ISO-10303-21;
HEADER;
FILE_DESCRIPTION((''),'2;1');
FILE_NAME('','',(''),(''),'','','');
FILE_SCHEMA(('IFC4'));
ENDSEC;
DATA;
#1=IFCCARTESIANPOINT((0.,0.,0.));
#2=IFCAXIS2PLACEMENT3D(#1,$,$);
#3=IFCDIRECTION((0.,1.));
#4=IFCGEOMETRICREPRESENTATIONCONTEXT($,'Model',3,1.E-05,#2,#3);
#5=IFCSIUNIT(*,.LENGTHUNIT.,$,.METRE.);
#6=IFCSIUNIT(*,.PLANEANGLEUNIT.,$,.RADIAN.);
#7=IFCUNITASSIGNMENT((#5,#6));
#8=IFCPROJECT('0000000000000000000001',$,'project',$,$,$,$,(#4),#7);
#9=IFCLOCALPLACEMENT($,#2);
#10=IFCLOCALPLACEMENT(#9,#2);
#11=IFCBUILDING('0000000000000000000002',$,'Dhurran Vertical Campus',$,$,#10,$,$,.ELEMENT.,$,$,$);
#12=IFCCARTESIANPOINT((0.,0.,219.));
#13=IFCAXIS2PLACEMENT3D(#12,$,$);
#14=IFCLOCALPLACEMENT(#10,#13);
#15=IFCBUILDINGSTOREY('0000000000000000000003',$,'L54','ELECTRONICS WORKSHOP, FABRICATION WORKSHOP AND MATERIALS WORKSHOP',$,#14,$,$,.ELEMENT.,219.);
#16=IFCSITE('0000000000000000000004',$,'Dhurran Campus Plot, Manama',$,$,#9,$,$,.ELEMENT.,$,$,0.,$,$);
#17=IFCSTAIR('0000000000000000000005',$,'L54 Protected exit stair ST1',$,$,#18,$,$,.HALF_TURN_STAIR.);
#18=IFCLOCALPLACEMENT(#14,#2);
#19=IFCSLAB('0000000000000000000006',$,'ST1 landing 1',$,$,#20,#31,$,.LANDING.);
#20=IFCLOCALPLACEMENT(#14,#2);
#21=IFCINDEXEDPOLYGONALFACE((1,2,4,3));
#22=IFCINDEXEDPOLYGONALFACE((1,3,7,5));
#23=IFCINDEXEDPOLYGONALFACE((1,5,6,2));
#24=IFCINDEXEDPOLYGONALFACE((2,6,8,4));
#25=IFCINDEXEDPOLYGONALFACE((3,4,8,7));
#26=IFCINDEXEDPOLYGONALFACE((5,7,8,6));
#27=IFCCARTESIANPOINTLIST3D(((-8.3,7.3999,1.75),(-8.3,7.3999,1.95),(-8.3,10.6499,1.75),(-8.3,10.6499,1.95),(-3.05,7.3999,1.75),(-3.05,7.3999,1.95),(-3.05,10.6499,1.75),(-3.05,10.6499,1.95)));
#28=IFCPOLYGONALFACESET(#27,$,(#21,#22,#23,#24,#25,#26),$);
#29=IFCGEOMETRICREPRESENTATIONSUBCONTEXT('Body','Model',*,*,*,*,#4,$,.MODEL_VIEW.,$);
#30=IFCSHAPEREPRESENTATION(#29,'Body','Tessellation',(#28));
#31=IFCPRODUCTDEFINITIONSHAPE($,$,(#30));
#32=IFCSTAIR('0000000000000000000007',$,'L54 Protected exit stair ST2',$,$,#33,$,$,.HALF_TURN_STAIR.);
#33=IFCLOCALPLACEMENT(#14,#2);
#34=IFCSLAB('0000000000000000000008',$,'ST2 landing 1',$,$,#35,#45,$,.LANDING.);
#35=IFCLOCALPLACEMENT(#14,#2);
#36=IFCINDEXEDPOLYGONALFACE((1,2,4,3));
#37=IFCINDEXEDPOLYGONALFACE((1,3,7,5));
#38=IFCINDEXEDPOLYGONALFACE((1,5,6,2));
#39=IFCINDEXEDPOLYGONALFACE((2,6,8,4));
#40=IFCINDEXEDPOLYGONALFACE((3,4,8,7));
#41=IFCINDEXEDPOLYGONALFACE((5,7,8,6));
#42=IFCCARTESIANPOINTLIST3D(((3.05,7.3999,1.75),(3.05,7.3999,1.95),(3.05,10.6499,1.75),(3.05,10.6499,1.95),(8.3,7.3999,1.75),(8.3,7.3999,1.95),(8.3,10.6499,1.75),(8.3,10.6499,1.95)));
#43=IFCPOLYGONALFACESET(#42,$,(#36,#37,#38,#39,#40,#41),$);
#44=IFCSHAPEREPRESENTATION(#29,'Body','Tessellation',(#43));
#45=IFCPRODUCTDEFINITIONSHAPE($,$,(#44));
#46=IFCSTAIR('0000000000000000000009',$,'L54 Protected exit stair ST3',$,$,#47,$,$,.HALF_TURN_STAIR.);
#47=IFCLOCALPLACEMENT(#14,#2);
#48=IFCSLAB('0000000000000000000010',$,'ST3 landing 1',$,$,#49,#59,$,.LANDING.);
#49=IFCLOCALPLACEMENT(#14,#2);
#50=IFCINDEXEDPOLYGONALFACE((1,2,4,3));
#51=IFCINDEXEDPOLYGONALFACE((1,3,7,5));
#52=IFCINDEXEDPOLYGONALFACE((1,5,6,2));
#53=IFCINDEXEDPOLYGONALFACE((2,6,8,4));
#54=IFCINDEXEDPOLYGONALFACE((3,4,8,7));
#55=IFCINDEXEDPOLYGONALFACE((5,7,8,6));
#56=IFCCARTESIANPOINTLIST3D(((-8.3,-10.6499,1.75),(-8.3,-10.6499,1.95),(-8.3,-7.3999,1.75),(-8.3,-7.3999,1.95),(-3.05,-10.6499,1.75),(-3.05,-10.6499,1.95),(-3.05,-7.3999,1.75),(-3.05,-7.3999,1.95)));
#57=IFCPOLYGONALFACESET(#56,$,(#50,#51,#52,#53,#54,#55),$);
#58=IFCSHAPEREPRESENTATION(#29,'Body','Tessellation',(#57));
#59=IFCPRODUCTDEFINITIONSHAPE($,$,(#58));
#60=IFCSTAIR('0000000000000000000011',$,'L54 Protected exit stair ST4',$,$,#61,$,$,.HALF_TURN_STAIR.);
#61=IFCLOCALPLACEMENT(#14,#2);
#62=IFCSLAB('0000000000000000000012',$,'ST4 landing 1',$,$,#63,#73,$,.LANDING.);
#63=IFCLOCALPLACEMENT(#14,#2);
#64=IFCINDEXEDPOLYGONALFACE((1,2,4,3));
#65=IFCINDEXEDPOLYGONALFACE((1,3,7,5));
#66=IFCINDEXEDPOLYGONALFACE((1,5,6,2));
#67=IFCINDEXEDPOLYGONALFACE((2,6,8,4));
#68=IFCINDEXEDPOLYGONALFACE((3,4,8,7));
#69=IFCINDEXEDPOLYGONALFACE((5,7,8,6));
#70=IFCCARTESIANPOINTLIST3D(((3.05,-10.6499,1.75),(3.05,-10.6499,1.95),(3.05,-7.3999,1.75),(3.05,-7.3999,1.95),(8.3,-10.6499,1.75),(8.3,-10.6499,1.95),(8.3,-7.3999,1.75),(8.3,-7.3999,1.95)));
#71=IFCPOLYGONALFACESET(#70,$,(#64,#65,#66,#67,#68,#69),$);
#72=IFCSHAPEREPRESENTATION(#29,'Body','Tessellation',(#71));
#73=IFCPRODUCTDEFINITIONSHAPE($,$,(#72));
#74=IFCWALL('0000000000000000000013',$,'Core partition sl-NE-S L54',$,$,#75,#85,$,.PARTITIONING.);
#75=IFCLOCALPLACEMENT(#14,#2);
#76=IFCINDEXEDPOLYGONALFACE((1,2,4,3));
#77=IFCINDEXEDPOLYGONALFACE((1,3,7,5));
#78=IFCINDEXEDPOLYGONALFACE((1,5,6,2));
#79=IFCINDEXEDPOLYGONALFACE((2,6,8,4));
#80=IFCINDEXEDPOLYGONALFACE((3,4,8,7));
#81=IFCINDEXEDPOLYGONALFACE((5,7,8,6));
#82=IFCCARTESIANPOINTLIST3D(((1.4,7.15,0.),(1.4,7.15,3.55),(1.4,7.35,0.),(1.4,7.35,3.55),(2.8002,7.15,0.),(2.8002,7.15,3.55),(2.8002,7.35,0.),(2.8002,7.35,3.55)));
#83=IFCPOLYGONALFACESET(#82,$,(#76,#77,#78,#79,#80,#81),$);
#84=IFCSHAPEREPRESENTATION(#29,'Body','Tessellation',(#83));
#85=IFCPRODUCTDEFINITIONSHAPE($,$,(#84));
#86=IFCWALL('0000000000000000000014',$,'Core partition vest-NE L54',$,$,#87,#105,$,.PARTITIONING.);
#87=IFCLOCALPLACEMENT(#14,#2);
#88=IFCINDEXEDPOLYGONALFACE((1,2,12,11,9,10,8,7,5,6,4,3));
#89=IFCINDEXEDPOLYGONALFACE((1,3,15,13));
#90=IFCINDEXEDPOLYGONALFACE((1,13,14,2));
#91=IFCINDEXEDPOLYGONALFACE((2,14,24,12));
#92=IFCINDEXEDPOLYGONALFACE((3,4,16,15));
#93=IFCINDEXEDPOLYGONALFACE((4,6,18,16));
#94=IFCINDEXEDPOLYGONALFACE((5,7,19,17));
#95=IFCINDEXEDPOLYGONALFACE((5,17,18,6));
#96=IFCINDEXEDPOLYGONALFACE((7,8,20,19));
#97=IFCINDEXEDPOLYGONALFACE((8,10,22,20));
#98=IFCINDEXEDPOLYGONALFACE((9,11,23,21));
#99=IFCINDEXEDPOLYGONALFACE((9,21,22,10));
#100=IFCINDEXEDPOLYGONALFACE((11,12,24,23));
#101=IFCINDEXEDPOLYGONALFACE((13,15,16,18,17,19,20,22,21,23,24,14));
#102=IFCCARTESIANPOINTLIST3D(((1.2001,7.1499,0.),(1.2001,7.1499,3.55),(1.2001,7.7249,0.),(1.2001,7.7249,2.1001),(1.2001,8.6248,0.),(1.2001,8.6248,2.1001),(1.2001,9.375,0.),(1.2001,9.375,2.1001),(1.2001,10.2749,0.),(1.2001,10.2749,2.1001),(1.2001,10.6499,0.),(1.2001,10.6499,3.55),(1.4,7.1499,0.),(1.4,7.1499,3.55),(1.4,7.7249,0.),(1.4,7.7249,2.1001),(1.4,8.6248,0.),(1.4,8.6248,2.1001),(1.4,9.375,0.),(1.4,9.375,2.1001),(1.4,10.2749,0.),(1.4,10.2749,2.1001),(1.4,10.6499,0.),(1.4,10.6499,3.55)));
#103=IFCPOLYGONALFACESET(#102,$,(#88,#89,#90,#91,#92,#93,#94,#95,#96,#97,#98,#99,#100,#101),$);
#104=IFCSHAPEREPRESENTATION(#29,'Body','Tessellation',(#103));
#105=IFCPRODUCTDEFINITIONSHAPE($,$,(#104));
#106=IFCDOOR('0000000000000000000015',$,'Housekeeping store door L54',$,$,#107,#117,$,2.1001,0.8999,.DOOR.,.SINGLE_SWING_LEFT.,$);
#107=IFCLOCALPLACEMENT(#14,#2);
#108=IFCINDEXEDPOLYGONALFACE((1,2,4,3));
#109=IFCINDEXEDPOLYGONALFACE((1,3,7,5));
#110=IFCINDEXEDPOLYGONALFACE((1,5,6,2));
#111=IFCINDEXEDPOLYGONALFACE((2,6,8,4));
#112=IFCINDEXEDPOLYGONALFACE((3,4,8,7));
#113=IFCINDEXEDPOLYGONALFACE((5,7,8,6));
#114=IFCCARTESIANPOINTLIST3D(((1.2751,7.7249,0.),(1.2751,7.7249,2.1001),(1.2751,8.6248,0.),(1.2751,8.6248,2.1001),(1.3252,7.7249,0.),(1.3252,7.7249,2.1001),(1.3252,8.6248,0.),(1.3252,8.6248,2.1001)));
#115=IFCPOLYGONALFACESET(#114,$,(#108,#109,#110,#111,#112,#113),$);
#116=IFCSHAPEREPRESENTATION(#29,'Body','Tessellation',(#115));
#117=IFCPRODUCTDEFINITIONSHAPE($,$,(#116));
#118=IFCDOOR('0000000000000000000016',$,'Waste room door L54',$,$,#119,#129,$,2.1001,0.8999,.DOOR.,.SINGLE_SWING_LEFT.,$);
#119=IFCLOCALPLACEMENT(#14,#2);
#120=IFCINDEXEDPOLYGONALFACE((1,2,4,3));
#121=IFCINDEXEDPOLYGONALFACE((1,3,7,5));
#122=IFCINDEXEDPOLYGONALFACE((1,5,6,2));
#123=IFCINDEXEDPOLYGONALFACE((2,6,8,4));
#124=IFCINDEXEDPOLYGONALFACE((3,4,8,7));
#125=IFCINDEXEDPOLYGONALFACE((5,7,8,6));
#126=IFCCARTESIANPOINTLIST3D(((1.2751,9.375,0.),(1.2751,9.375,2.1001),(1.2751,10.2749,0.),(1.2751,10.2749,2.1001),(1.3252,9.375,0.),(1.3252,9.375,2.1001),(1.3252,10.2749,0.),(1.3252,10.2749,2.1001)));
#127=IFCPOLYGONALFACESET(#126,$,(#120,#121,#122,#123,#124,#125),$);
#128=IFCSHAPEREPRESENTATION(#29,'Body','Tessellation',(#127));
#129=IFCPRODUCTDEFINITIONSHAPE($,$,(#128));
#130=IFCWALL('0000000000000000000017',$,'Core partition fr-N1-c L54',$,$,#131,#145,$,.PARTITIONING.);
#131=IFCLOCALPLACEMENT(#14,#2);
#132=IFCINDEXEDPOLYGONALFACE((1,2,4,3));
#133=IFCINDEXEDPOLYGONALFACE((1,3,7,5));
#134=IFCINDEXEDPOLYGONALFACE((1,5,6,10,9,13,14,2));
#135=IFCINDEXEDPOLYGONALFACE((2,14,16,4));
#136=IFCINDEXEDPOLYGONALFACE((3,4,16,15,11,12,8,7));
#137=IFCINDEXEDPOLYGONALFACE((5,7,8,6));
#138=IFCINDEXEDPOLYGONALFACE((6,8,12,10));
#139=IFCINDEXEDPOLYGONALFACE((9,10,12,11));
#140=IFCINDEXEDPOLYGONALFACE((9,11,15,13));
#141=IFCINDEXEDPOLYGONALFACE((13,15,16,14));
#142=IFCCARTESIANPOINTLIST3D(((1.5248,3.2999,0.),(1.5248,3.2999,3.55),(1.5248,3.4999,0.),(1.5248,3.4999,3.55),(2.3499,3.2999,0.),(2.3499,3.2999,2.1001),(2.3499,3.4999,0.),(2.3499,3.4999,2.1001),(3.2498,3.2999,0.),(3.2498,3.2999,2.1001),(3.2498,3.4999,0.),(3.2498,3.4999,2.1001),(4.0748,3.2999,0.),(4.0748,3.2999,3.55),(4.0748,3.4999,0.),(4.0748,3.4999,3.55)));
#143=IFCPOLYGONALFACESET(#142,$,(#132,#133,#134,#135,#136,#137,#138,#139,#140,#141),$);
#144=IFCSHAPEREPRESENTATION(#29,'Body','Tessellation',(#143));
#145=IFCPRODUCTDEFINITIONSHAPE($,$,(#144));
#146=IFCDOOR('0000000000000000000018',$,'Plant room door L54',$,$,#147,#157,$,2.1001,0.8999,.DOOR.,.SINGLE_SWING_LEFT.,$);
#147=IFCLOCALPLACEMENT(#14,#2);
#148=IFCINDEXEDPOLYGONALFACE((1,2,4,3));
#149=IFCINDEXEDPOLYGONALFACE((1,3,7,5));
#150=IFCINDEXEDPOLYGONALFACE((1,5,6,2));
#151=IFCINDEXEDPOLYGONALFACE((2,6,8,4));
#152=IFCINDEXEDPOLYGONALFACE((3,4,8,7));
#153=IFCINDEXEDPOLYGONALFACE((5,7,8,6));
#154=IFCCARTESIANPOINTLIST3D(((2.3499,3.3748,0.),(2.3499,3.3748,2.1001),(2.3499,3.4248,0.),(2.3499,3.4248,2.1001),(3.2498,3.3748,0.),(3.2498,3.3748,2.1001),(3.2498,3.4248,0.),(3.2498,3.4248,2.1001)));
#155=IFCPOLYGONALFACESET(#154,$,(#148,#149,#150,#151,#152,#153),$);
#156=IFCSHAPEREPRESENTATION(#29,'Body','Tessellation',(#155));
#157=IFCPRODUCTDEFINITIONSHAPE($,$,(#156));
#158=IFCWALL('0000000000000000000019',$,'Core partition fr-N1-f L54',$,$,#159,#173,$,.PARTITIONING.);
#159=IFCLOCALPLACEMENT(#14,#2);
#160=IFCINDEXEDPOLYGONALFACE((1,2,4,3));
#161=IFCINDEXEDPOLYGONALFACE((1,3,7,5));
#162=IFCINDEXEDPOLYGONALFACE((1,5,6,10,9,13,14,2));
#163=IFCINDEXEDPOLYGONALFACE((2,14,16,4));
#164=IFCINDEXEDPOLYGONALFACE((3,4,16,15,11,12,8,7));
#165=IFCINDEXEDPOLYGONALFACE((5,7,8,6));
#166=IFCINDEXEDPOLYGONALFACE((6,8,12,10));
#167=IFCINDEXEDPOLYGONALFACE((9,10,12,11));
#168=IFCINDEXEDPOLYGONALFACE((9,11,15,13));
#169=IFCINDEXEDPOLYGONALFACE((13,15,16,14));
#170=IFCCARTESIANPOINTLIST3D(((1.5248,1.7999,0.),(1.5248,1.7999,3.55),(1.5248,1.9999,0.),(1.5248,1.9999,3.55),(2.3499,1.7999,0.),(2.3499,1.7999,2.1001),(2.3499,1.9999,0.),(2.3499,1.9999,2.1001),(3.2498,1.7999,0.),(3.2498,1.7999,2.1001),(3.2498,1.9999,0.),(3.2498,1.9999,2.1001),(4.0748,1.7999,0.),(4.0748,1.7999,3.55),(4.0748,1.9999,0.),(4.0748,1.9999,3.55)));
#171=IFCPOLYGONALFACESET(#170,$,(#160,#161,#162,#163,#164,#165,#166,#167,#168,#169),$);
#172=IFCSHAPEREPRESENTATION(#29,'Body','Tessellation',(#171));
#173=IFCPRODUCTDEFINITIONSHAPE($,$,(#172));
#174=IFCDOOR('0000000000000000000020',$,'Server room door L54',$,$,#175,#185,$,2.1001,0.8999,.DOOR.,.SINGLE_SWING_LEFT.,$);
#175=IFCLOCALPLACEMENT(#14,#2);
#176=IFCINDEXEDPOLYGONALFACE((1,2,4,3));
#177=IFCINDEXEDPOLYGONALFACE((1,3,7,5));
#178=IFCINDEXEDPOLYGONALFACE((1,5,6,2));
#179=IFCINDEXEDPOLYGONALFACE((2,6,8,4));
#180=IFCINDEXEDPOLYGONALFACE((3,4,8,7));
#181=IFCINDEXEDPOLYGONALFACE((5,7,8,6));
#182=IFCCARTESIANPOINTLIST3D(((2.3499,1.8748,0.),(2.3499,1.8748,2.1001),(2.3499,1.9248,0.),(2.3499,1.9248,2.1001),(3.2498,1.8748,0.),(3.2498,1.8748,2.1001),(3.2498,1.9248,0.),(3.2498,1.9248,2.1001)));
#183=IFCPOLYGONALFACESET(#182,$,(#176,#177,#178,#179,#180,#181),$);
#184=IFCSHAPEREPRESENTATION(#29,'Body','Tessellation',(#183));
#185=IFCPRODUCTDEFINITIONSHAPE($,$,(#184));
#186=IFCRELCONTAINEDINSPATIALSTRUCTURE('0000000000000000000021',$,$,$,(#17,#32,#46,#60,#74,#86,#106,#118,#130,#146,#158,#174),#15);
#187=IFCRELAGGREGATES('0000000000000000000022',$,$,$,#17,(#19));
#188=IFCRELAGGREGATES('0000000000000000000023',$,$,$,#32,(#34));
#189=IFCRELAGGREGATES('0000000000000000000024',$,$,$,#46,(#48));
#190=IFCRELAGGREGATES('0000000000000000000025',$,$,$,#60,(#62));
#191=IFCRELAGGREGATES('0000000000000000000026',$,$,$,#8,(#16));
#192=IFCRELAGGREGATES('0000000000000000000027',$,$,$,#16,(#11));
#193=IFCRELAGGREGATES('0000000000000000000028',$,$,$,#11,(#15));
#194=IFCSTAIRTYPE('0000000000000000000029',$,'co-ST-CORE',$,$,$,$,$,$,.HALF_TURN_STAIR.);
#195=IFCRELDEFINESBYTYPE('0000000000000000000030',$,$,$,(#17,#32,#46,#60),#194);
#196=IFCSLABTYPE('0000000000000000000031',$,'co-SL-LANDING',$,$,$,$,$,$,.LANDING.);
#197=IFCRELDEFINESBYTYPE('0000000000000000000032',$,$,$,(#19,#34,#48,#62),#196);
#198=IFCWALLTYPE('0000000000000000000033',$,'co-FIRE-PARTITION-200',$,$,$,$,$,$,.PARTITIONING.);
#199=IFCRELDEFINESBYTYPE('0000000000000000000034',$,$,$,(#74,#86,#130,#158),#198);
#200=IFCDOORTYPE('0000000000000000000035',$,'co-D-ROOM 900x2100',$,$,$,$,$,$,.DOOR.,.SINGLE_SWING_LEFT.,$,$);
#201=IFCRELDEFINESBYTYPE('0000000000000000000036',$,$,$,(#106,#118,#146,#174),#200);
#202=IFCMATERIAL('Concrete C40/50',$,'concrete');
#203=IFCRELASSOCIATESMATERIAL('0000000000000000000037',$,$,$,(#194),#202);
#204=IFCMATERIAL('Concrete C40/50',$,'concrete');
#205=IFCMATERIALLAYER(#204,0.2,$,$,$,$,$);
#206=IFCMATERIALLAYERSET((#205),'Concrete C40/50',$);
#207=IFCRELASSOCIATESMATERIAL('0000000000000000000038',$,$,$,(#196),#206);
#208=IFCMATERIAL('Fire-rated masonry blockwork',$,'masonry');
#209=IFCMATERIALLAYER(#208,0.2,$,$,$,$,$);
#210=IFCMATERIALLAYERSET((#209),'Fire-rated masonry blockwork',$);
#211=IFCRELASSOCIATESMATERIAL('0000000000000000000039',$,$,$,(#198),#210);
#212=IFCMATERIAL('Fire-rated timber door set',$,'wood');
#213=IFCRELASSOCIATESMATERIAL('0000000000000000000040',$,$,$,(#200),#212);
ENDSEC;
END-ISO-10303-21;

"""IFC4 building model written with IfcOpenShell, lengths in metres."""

from ifc_helpers import new_model, si_unit, direction, frame, frame_2d, origin, place, context, subcontext, project, spatial, polyline, rectangle, outline, extrude, material, layer, layer_set, type_object, element, fill, aggregate, save


model = new_model("IFC4")

# Units and contexts
model_context = context("Model", 3, precision=1e-05, world=origin(), true_north=direction((0.0, 1.0)))
body_context = subcontext(model_context, "Body", "Model", "MODEL_VIEW")
ifc_project = project(units=[si_unit("LENGTHUNIT", "METRE"), si_unit("PLANEANGLEUNIT", "RADIAN")], contexts=[model_context])

# Site, building, storey
site_placement = place(None, origin())
site = spatial("IfcSite", under=ifc_project, at=site_placement, Name="Dhurran Campus Plot, Manama", CompositionType="ELEMENT", RefElevation=0.0)
building_placement = place(site_placement, origin())
building = spatial("IfcBuilding", under=site, at=building_placement, Name="Dhurran Vertical Campus", CompositionType="ELEMENT")
storey_placement = place(building_placement, frame((0.0, 0.0, 219.0)))
storey = spatial("IfcBuildingStorey", under=building, at=storey_placement, Name="L54", Description="ELECTRONICS WORKSHOP, FABRICATION WORKSHOP AND MATERIALS WORKSHOP", CompositionType="ELEMENT", Elevation=219.0)

# Stairs, slabs
ifc_material_1 = material(Name="Concrete C40/50", Category="concrete")
stair_type = type_object("IfcStairType", Name="co-ST-CORE", PredefinedType="HALF_TURN_STAIR", material=ifc_material_1)
stair_1_placement = place(storey_placement, origin())
stair_1 = element("IfcStair", 1, at=stair_1_placement, inside=storey, type_object=stair_type, Name="L54 Protected exit stair ST1", PredefinedType="HALF_TURN_STAIR")
ifc_material_2 = material(Name="Concrete C40/50", Category="concrete")
ifc_layer_1 = layer(ifc_material_2, 0.2)
ifc_layer_set_1 = layer_set([ifc_layer_1], Name="Concrete C40/50")
slab_type = type_object("IfcSlabType", Name="co-SL-LANDING", PredefinedType="LANDING", material=ifc_layer_set_1)
slab_1_placement = place(storey_placement, frame((0.0, 0.0, 1.75)))
slab_1 = element("IfcSlab", 2, at=slab_1_placement, type_object=slab_type, Name="ST1 landing 1", PredefinedType="LANDING", context=body_context, shape_type="SweptSolid", body=[
    extrude(outline(polyline([(-8.3, 7.3999), (-3.05, 7.3999), (-3.05, 10.6499), (-8.3, 10.6499), (-8.3, 7.3999)])), origin(), (0.0, 0.0, 1.0), 0.2),
])
aggregate(stair_1, [slab_1])
stair_2_placement = place(storey_placement, origin())
stair_2 = element("IfcStair", 3, at=stair_2_placement, inside=storey, type_object=stair_type, Name="L54 Protected exit stair ST2", PredefinedType="HALF_TURN_STAIR")
slab_2_placement = place(storey_placement, frame((0.0, 0.0, 1.75)))
slab_2 = element("IfcSlab", 4, at=slab_2_placement, type_object=slab_type, Name="ST2 landing 1", PredefinedType="LANDING", context=body_context, shape_type="SweptSolid", body=[
    extrude(outline(polyline([(8.3, 10.6499), (3.05, 10.6499), (3.05, 7.3999), (8.3, 7.3999), (8.3, 10.6499)])), origin(), (0.0, 0.0, 1.0), 0.2),
])
aggregate(stair_2, [slab_2])
stair_3_placement = place(storey_placement, origin())
stair_3 = element("IfcStair", 5, at=stair_3_placement, inside=storey, type_object=stair_type, Name="L54 Protected exit stair ST3", PredefinedType="HALF_TURN_STAIR")
slab_3_placement = place(storey_placement, frame((0.0, 0.0, 1.75)))
slab_3 = element("IfcSlab", 6, at=slab_3_placement, type_object=slab_type, Name="ST3 landing 1", PredefinedType="LANDING", context=body_context, shape_type="SweptSolid", body=[
    extrude(outline(polyline([(-8.3, -10.6499), (-3.05, -10.6499), (-3.05, -7.3999), (-8.3, -7.3999), (-8.3, -10.6499)])), origin(), (0.0, 0.0, 1.0), 0.2),
])
aggregate(stair_3, [slab_3])
stair_4_placement = place(storey_placement, origin())
stair_4 = element("IfcStair", 7, at=stair_4_placement, inside=storey, type_object=stair_type, Name="L54 Protected exit stair ST4", PredefinedType="HALF_TURN_STAIR")
slab_4_placement = place(storey_placement, frame((0.0, 0.0, 1.75)))
slab_4 = element("IfcSlab", 8, at=slab_4_placement, type_object=slab_type, Name="ST4 landing 1", PredefinedType="LANDING", context=body_context, shape_type="SweptSolid", body=[
    extrude(outline(polyline([(8.3, -7.3999), (3.05, -7.3999), (3.05, -10.6499), (8.3, -10.6499), (8.3, -7.3999)])), origin(), (0.0, 0.0, 1.0), 0.2),
])
aggregate(stair_4, [slab_4])

# Wall
ifc_material_3 = material(Name="Fire-rated masonry blockwork", Category="masonry")
ifc_layer_2 = layer(ifc_material_3, 0.2)
ifc_layer_set_2 = layer_set([ifc_layer_2], Name="Fire-rated masonry blockwork")
wall_type_1 = type_object("IfcWallType", Name="co-FIRE-PARTITION-200", PredefinedType="PARTITIONING", material=ifc_layer_set_2)
wall_1_placement = place(storey_placement, frame((1.3999, 7.25, 0.0), z_axis=(0.0, 0.0, 1.0), x_axis=(1.0, 0.0, 0.0)))
element("IfcWall", 9, at=wall_1_placement, inside=storey, type_object=wall_type_1, Name="Core partition sl-NE-S L54", PredefinedType="PARTITIONING", context=body_context, shape_type="SweptSolid", body=[
    extrude(rectangle(XDim=1.4001, YDim=0.2, at=frame_2d((0.7002, 0.0))), origin(), (0.0, 0.0, 1.0), 3.55),
])

# Wall, openings, doors
wall_2_placement = place(storey_placement, frame((1.3, 7.1499, 0.0), z_axis=(0.0, 0.0, 1.0), x_axis=(0.0, 1.0, 0.0)))
wall_2 = element("IfcWall", 10, at=wall_2_placement, inside=storey, type_object=wall_type_1, Name="Core partition vest-NE L54", PredefinedType="PARTITIONING", context=body_context, shape_type="SweptSolid", body=[
    extrude(rectangle(XDim=3.5, YDim=0.2, at=frame_2d((1.75, 0.0))), origin(), (0.0, 0.0, 1.0), 3.55),
])
opening_1_placement = place(wall_2_placement, frame((0.575, 0.0, 0.0)))
opening_1 = element("IfcOpeningElement", 11, at=opening_1_placement, cuts=wall_2, PredefinedType="OPENING", context=body_context, shape_type="SweptSolid", body=[
    extrude(rectangle(XDim=0.8999, YDim=2.1001, at=frame_2d((0.45, 1.05))), frame((0.0, 0.1099, 0.0), z_axis=(0.0, -1.0, 0.0), x_axis=(1.0, 0.0, 0.0)), (0.0, 0.0, 1.0), 0.22),
])
opening_2_placement = place(wall_2_placement, frame((2.2251, 0.0, 0.0)))
opening_2 = element("IfcOpeningElement", 12, at=opening_2_placement, cuts=wall_2, PredefinedType="OPENING", context=body_context, shape_type="SweptSolid", body=[
    extrude(rectangle(XDim=0.8999, YDim=2.1001, at=frame_2d((0.45, 1.05))), frame((0.0, 0.1099, 0.0), z_axis=(0.0, -1.0, 0.0), x_axis=(1.0, 0.0, 0.0)), (0.0, 0.0, 1.0), 0.22),
])
ifc_material_4 = material(Name="Fire-rated timber door set", Category="wood")
door_type_1 = type_object("IfcDoorType", Name="co-D-ROOM 900x2100", OperationType="SINGLE_SWING_LEFT", PredefinedType="DOOR", material=ifc_material_4)
door_1_placement = place(opening_1_placement, origin())
door_1 = element("IfcDoor", 13, at=door_1_placement, inside=storey, type_object=door_type_1, Name="Housekeeping store door L54", OperationType="SINGLE_SWING_LEFT", OverallHeight=2.1001, OverallWidth=0.8999, PredefinedType="DOOR", context=body_context, shape_type="SweptSolid", body=[
    extrude(rectangle(XDim=0.8999, YDim=2.1001, at=frame_2d((0.45, 1.05))), frame((0.0, 0.0249, 0.0), z_axis=(0.0, -1.0, 0.0), x_axis=(1.0, 0.0, 0.0)), (0.0, 0.0, 1.0), 0.05),
])
fill(opening_1, door_1)
door_2_placement = place(opening_2_placement, origin())
door_2 = element("IfcDoor", 14, at=door_2_placement, inside=storey, type_object=door_type_1, Name="Waste room door L54", OperationType="SINGLE_SWING_LEFT", OverallHeight=2.1001, OverallWidth=0.8999, PredefinedType="DOOR", context=body_context, shape_type="SweptSolid", body=[
    extrude(rectangle(XDim=0.8999, YDim=2.1001, at=frame_2d((0.45, 1.05))), frame((0.0, 0.0249, 0.0), z_axis=(0.0, -1.0, 0.0), x_axis=(1.0, 0.0, 0.0)), (0.0, 0.0, 1.0), 0.05),
])
fill(opening_2, door_2)

# Walls, openings, doors
wall_3_placement = place(storey_placement, frame((1.5249, 3.3999, 0.0), z_axis=(0.0, 0.0, 1.0), x_axis=(1.0, 0.0, 0.0)))
wall_3 = element("IfcWall", 15, at=wall_3_placement, inside=storey, type_object=wall_type_1, Name="Core partition fr-N1-c L54", PredefinedType="PARTITIONING", context=body_context, shape_type="SweptSolid", body=[
    extrude(rectangle(XDim=2.55, YDim=0.2, at=frame_2d((1.2749, 0.0))), origin(), (0.0, 0.0, 1.0), 3.55),
])
opening_3_placement = place(wall_3_placement, frame((0.825, 0.0, 0.0)))
opening_3 = element("IfcOpeningElement", 16, at=opening_3_placement, cuts=wall_3, PredefinedType="OPENING", context=body_context, shape_type="SweptSolid", body=[
    extrude(rectangle(XDim=0.8999, YDim=2.1001, at=frame_2d((0.45, 1.05))), frame((0.0, 0.1099, 0.0), z_axis=(0.0, -1.0, 0.0), x_axis=(1.0, 0.0, 0.0)), (0.0, 0.0, 1.0), 0.22),
])
door_3_placement = place(opening_3_placement, origin())
door_3 = element("IfcDoor", 17, at=door_3_placement, inside=storey, type_object=door_type_1, Name="Plant room door L54", OperationType="SINGLE_SWING_LEFT", OverallHeight=2.1001, OverallWidth=0.8999, PredefinedType="DOOR", context=body_context, shape_type="SweptSolid", body=[
    extrude(rectangle(XDim=0.8999, YDim=2.1001, at=frame_2d((0.45, 1.05))), frame((0.0, 0.0249, 0.0), z_axis=(0.0, -1.0, 0.0), x_axis=(1.0, 0.0, 0.0)), (0.0, 0.0, 1.0), 0.05),
])
fill(opening_3, door_3)
wall_4_placement = place(storey_placement, frame((1.5249, 1.8999, 0.0), z_axis=(0.0, 0.0, 1.0), x_axis=(1.0, 0.0, 0.0)))
wall_4 = element("IfcWall", 18, at=wall_4_placement, inside=storey, type_object=wall_type_1, Name="Core partition fr-N1-f L54", PredefinedType="PARTITIONING", context=body_context, shape_type="SweptSolid", body=[
    extrude(rectangle(XDim=2.55, YDim=0.2, at=frame_2d((1.2749, 0.0))), origin(), (0.0, 0.0, 1.0), 3.55),
])
opening_4_placement = place(wall_4_placement, frame((0.825, 0.0, 0.0)))
opening_4 = element("IfcOpeningElement", 19, at=opening_4_placement, cuts=wall_4, PredefinedType="OPENING", context=body_context, shape_type="SweptSolid", body=[
    extrude(rectangle(XDim=0.8999, YDim=2.1001, at=frame_2d((0.45, 1.05))), frame((0.0, 0.1099, 0.0), z_axis=(0.0, -1.0, 0.0), x_axis=(1.0, 0.0, 0.0)), (0.0, 0.0, 1.0), 0.22),
])
door_4_placement = place(opening_4_placement, origin())
door_4 = element("IfcDoor", 20, at=door_4_placement, inside=storey, type_object=door_type_1, Name="Server room door L54", OperationType="SINGLE_SWING_LEFT", OverallHeight=2.1001, OverallWidth=0.8999, PredefinedType="DOOR", context=body_context, shape_type="SweptSolid", body=[
    extrude(rectangle(XDim=0.8999, YDim=2.1001, at=frame_2d((0.45, 1.05))), frame((0.0, 0.0249, 0.0), z_axis=(0.0, -1.0, 0.0), x_axis=(1.0, 0.0, 0.0)), (0.0, 0.0, 1.0), 0.05),
])
fill(opening_4, door_4)

save(model, "model.ifc")
